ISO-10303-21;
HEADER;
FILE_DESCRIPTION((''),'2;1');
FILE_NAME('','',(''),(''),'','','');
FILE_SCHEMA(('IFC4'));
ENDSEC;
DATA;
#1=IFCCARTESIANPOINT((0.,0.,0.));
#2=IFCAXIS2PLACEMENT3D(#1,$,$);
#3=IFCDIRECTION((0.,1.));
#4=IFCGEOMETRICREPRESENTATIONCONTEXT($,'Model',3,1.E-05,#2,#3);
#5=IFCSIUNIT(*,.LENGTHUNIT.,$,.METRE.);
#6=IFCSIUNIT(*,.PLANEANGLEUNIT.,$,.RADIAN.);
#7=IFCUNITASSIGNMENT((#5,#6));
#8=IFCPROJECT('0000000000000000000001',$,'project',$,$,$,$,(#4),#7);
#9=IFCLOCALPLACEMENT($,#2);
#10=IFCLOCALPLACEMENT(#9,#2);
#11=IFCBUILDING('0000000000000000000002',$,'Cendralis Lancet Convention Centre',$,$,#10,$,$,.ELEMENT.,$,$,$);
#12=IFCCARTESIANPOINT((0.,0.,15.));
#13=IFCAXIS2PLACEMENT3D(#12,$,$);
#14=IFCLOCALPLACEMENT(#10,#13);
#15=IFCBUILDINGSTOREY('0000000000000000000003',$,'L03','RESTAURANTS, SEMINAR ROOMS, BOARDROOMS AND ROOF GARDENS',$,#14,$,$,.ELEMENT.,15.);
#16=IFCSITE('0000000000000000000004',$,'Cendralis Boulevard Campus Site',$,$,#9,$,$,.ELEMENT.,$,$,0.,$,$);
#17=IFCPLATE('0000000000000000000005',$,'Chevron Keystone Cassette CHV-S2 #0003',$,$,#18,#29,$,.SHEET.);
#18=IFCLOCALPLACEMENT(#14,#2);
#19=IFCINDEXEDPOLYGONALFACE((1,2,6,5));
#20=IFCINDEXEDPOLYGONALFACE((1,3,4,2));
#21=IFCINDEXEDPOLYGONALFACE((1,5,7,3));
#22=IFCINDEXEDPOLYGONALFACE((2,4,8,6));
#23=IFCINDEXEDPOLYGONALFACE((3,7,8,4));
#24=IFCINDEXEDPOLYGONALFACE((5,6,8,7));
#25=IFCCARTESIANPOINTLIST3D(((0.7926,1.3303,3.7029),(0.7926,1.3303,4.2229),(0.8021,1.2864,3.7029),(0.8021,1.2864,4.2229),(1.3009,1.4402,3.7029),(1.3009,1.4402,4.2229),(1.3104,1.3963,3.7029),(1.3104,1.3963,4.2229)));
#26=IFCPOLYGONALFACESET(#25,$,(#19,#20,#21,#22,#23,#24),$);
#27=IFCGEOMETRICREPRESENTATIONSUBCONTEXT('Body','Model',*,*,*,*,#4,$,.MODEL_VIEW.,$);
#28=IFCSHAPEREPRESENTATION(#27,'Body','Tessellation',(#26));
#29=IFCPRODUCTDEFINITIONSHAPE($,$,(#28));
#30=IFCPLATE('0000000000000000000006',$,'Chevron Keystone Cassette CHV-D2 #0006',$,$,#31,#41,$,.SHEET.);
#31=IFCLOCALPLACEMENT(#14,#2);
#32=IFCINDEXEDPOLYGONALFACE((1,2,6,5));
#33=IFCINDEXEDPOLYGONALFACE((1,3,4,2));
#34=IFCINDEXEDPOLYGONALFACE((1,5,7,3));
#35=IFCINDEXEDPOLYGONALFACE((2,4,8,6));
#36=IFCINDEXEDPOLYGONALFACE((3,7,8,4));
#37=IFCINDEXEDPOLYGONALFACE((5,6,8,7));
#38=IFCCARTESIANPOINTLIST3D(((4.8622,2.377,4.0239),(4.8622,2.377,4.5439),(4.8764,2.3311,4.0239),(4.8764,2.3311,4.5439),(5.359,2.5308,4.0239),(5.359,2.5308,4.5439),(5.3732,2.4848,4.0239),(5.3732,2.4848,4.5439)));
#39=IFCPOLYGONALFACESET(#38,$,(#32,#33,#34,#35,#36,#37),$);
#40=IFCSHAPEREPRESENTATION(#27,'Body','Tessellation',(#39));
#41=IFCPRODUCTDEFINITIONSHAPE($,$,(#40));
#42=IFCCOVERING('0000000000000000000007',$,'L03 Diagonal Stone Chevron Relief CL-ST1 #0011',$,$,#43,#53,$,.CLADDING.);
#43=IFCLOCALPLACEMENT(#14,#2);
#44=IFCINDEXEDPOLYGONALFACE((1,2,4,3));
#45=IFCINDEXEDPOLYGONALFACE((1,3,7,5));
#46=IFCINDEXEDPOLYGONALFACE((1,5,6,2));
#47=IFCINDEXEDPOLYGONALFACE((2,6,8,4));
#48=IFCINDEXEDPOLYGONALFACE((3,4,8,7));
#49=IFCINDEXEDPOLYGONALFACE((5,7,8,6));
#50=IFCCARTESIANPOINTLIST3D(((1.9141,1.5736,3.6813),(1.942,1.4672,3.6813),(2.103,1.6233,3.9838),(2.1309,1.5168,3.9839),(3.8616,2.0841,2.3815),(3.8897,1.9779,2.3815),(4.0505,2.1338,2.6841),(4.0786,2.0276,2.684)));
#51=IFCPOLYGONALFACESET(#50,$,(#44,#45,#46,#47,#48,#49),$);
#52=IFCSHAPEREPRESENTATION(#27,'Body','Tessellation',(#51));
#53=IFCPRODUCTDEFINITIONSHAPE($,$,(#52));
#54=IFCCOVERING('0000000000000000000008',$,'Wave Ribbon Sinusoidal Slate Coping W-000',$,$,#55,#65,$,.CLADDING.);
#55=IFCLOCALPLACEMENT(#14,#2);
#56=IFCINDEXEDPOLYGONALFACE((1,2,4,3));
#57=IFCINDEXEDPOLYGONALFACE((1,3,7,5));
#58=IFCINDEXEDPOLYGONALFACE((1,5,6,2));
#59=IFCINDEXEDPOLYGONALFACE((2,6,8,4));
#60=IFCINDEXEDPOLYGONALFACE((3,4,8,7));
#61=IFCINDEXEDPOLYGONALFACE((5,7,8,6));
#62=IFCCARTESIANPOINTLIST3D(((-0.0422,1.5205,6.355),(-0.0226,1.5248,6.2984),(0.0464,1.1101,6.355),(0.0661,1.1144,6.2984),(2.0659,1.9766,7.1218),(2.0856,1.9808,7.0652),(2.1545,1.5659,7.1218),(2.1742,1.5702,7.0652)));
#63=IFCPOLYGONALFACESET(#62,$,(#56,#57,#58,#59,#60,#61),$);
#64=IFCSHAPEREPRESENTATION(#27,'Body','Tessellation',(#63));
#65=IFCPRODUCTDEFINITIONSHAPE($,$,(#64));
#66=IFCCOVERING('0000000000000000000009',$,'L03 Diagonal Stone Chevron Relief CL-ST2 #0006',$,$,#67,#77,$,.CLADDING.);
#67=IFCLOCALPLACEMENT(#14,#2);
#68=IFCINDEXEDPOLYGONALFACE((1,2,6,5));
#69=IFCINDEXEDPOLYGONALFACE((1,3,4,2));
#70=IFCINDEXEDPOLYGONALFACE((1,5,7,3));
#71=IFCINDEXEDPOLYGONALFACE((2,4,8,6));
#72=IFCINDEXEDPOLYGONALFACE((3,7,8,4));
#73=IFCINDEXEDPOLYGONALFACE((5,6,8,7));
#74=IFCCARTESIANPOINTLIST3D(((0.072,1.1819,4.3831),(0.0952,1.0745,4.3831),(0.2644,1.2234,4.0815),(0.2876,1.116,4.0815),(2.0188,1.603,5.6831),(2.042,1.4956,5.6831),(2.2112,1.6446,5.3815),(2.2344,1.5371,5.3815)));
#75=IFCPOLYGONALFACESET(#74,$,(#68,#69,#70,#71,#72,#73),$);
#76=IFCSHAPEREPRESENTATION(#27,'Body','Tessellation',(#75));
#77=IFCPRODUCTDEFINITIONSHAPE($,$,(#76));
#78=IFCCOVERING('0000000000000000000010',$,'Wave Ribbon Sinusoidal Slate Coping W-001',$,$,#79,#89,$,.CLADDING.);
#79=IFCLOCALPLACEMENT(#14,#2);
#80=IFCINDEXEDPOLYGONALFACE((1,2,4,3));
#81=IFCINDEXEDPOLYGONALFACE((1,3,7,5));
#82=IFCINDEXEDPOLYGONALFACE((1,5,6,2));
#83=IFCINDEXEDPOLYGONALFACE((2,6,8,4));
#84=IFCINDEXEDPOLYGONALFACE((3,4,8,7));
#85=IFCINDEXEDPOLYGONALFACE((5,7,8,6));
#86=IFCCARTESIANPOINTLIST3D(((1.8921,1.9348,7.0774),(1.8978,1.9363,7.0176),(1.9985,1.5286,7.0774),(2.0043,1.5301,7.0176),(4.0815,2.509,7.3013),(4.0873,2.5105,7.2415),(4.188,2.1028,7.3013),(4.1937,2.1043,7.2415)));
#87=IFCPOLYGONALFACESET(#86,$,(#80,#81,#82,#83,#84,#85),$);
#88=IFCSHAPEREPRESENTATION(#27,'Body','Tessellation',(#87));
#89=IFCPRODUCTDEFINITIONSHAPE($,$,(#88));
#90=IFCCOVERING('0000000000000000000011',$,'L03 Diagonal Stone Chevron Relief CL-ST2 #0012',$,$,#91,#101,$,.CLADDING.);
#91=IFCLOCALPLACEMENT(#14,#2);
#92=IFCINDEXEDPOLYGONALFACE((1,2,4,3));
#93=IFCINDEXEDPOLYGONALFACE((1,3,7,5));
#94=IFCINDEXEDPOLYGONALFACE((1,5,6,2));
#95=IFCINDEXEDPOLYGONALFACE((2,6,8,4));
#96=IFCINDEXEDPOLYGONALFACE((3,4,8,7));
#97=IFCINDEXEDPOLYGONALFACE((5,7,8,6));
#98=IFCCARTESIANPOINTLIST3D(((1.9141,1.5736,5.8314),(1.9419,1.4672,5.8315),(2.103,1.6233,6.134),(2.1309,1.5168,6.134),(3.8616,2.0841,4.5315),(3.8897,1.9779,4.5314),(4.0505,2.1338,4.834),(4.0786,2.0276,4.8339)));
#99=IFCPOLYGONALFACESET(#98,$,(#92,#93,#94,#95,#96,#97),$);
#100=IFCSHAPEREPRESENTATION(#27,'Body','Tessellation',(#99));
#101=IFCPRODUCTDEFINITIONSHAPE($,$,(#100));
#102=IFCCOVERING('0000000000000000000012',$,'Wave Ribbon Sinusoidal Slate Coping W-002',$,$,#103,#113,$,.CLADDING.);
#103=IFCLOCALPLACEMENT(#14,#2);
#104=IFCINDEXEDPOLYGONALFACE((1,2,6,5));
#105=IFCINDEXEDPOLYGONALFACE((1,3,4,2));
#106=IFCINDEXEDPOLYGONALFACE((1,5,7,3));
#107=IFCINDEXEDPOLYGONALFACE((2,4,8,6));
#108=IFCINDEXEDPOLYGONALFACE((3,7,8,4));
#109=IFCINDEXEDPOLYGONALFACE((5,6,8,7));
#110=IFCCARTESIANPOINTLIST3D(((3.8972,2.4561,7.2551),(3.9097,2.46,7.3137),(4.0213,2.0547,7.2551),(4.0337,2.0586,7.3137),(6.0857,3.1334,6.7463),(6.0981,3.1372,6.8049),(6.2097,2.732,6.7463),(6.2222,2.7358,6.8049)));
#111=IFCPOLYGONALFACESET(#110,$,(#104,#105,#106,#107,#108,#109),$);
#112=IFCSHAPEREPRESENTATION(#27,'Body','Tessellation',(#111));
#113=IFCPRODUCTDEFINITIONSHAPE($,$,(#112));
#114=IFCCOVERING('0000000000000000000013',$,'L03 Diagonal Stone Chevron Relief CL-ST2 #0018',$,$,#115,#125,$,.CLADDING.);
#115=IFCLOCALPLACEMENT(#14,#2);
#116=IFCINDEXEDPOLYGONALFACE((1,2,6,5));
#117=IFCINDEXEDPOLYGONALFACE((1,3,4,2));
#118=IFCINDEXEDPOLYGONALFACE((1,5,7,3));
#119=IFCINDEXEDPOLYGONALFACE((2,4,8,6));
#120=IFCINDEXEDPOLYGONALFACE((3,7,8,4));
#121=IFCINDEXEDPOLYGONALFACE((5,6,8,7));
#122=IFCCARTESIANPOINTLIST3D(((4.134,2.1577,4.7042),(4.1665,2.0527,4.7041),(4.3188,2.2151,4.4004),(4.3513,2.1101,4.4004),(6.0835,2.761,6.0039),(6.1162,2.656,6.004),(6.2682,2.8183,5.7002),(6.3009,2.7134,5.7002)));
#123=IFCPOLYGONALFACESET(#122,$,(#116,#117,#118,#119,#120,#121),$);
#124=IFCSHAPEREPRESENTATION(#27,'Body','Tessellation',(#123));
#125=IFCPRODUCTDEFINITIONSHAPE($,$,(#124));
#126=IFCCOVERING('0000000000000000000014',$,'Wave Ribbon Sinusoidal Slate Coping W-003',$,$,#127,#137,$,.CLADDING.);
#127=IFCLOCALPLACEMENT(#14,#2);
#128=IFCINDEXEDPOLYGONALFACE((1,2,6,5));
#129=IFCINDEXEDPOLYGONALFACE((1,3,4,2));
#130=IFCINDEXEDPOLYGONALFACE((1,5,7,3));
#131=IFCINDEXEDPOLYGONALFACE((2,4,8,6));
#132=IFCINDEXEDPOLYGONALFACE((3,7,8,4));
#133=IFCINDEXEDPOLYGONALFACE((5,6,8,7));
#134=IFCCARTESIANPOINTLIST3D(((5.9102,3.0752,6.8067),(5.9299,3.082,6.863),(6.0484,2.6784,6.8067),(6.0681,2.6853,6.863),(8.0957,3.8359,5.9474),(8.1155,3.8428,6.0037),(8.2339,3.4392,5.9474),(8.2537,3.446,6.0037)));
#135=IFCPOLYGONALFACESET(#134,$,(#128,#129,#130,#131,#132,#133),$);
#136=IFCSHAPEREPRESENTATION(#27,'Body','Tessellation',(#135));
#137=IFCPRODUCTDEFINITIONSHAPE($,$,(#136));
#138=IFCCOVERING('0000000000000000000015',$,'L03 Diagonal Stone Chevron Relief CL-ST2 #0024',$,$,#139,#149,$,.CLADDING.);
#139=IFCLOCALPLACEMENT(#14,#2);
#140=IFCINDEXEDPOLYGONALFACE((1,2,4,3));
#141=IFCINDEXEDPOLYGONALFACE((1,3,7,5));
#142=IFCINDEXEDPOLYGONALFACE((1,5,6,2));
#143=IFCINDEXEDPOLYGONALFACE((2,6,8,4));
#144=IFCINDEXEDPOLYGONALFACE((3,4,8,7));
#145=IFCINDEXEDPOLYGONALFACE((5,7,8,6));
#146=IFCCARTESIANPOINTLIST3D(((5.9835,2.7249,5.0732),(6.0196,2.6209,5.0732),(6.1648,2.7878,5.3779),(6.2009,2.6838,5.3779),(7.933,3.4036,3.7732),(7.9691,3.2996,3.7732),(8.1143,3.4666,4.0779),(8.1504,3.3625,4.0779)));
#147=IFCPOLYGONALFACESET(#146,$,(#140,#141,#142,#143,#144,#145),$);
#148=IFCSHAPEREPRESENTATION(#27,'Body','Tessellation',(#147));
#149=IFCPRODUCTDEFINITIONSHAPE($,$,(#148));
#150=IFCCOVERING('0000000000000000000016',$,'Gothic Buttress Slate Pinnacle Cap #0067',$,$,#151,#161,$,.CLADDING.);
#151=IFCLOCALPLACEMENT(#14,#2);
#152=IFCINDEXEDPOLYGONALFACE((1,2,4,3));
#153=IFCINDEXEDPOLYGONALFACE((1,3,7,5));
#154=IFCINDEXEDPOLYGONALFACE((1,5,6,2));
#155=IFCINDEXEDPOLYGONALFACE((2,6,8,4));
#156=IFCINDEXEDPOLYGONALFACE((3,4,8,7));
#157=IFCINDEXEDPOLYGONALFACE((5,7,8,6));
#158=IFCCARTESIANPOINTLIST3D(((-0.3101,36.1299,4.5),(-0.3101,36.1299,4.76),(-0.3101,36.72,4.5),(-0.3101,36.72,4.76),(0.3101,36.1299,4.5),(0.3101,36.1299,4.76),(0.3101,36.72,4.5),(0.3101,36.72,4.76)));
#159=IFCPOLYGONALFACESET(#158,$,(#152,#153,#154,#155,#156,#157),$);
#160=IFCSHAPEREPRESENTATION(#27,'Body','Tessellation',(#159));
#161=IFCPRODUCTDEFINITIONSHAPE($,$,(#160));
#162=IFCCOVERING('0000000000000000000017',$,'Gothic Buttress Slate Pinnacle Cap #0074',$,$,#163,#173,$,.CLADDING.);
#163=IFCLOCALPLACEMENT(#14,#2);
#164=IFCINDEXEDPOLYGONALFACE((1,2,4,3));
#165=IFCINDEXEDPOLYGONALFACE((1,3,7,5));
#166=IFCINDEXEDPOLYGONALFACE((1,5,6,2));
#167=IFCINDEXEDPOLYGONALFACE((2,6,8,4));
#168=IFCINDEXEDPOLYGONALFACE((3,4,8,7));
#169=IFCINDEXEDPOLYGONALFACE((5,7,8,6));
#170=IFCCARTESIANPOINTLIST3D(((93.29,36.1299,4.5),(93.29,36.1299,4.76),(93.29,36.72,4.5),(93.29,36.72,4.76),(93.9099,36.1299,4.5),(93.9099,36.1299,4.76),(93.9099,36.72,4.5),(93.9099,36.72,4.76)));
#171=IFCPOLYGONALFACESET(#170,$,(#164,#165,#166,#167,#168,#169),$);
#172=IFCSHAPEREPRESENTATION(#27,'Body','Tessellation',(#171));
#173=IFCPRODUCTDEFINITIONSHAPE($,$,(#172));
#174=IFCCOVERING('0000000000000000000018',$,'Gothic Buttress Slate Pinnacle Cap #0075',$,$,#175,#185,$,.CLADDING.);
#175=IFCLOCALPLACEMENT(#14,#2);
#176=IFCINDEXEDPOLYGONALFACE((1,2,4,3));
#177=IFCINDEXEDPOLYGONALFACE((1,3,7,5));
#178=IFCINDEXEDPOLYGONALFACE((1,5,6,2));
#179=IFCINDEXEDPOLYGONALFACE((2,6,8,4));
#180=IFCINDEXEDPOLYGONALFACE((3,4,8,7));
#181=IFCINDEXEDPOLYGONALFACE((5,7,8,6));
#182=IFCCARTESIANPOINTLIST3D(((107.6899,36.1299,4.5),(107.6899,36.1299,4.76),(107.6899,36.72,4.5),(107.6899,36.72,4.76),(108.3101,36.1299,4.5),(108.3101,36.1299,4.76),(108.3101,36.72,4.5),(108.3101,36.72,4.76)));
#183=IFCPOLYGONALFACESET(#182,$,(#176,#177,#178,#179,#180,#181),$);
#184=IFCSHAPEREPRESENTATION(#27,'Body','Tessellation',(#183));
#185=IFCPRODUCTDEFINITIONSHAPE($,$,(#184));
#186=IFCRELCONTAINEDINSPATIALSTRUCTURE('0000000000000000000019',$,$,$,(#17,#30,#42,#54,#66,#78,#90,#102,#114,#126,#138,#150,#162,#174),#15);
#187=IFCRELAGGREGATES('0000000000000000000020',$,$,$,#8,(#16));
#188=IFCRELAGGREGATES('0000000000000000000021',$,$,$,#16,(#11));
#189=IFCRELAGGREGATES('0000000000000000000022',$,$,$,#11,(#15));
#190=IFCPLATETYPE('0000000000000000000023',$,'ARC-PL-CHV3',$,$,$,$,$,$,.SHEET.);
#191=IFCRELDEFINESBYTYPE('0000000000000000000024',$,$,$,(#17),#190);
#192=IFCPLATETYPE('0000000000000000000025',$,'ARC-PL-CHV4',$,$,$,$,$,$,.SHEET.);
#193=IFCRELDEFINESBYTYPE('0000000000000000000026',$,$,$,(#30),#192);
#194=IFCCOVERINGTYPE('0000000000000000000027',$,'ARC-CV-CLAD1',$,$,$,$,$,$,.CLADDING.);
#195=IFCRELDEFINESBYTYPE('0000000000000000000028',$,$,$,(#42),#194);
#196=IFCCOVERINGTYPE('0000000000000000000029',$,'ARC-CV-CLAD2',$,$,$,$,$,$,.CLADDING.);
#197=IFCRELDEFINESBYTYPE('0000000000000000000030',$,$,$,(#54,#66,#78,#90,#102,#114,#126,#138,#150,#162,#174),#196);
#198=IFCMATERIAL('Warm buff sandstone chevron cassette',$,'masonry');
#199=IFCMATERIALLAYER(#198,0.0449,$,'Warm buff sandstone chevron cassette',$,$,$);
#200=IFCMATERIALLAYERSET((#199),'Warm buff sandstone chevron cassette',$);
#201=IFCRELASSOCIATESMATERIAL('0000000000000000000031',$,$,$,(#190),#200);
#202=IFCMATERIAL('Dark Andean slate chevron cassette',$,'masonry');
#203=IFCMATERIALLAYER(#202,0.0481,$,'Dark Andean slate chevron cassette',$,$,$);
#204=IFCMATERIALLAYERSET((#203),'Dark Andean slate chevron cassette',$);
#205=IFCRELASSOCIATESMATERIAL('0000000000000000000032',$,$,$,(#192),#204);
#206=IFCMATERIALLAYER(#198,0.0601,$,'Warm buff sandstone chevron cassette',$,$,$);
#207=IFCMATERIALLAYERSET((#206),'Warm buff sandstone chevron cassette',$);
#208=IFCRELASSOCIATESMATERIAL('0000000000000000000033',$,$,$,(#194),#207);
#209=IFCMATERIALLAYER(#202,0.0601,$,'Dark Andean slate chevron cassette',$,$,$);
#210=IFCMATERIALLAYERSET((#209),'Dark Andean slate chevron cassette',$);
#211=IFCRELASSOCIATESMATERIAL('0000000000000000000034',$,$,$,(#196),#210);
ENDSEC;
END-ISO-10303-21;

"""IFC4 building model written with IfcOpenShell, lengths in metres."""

from ifc_helpers import new_model, si_unit, direction, frame, origin, origin_2d, place, context, subcontext, project, spatial, polyline, rectangle, outline, extrude, material, layer, layer_set, type_object, element, save


model = new_model("IFC4")

# Units and contexts
model_context = context("Model", 3, precision=1e-05, world=origin(), true_north=direction((0.0, 1.0)))
body_context = subcontext(model_context, "Body", "Model", "MODEL_VIEW")
ifc_project = project(units=[si_unit("LENGTHUNIT", "METRE"), si_unit("PLANEANGLEUNIT", "RADIAN")], contexts=[model_context])

# Site, building, storey
site_placement = place(None, origin())
site = spatial("IfcSite", under=ifc_project, at=site_placement, Name="Cendralis Boulevard Campus Site", CompositionType="ELEMENT", RefElevation=0.0)
building_placement = place(site_placement, origin())
building = spatial("IfcBuilding", under=site, at=building_placement, Name="Cendralis Lancet Convention Centre", CompositionType="ELEMENT")
storey_placement = place(building_placement, frame((0.0, 0.0, 15.0)))
storey = spatial("IfcBuildingStorey", under=building, at=storey_placement, Name="L03", Description="RESTAURANTS, SEMINAR ROOMS, BOARDROOMS AND ROOF GARDENS", CompositionType="ELEMENT", Elevation=15.0)

# Plates
ifc_material_1 = material(Name="Warm buff sandstone chevron cassette", Category="masonry")
ifc_layer_1 = layer(ifc_material_1, 0.0449, Name="Warm buff sandstone chevron cassette")
ifc_layer_set_1 = layer_set([ifc_layer_1], Name="Warm buff sandstone chevron cassette")
plate_type_1 = type_object("IfcPlateType", Name="ARC-PL-CHV3", PredefinedType="SHEET", material=ifc_layer_set_1)
plate_1_placement = place(storey_placement, frame((1.0515, 1.3633, 3.7029), z_axis=(0.0, 0.0, 1.0), x_axis=(0.977397, 0.21141, 0.0)))
element("IfcPlate", 1, at=plate_1_placement, inside=storey, type_object=plate_type_1, Name="Chevron Keystone Cassette CHV-S2 #0003", PredefinedType="SHEET", context=body_context, shape_type="SweptSolid", body=[
    extrude(rectangle(XDim=0.52, YDim=0.0449, at=origin_2d()), origin(), (0.0, 0.0, 1.0), 0.52),
])
ifc_material_2 = material(Name="Dark Andean slate chevron cassette", Category="masonry")
ifc_layer_2 = layer(ifc_material_2, 0.0481, Name="Dark Andean slate chevron cassette")
ifc_layer_set_2 = layer_set([ifc_layer_2], Name="Dark Andean slate chevron cassette")
plate_type_2 = type_object("IfcPlateType", Name="ARC-PL-CHV4", PredefinedType="SHEET", material=ifc_layer_set_2)
plate_2_placement = place(storey_placement, frame((5.1177, 2.4309, 4.0239), z_axis=(0.0, 0.0, 1.0), x_axis=(0.955299, 0.295641, 0.0)))
element("IfcPlate", 2, at=plate_2_placement, inside=storey, type_object=plate_type_2, Name="Chevron Keystone Cassette CHV-D2 #0006", PredefinedType="SHEET", context=body_context, shape_type="SweptSolid", body=[
    extrude(rectangle(XDim=0.52, YDim=0.0481, at=origin_2d()), origin(), (0.0, 0.0, 1.0), 0.52),
])

# Coverings
ifc_layer_3 = layer(ifc_material_1, 0.0601, Name="Warm buff sandstone chevron cassette")
ifc_layer_set_3 = layer_set([ifc_layer_3], Name="Warm buff sandstone chevron cassette")
covering_type_1 = type_object("IfcCoveringType", Name="ARC-CV-CLAD1", PredefinedType="CLADDING", material=ifc_layer_set_3)
covering_1_placement = place(storey_placement, frame((2.1309, 1.5168, 3.9839), z_axis=(0.524537, 0.137909, 0.840144), x_axis=(0.812669, 0.213099, -0.542363)))
element("IfcCovering", 3, at=covering_1_placement, inside=storey, type_object=covering_type_1, Name="L03 Diagonal Stone Chevron Relief CL-ST1 #0011", PredefinedType="CLADDING", context=body_context, shape_type="SweptSolid", body=[
    extrude(outline(polyline([(0.0, 0.0), (2.3967, 0.0), (2.3965, 0.1098), (0.0001, 0.11), (0.0, 0.0)])), origin(), (0.0, 0.0, -1.0), 0.3601),
])
ifc_layer_4 = layer(ifc_material_2, 0.0601, Name="Dark Andean slate chevron cassette")
ifc_layer_set_4 = layer_set([ifc_layer_4], Name="Dark Andean slate chevron cassette")
covering_type_2 = type_object("IfcCoveringType", Name="ARC-CV-CLAD2", PredefinedType="CLADDING", material=ifc_layer_set_4)
covering_2_placement = place(storey_placement, frame((0.0464, 1.1101, 6.355), z_axis=(-0.327447, -0.070689, 0.942222), x_axis=(0.920941, 0.19912, 0.33499)))
element("IfcCovering", 4, at=covering_2_placement, inside=storey, type_object=covering_type_2, Name="Wave Ribbon Sinusoidal Slate Coping W-000", PredefinedType="CLADDING", context=body_context, shape_type="SweptSolid", body=[
    extrude(outline(polyline([(0.0, 0.0), (2.2891, 0.0), (2.2893, 0.4201), (0.0001, 0.4199), (0.0, 0.0)])), origin(), (0.0, 0.0, -1.0), 0.0601),
])
covering_3_placement = place(storey_placement, frame((0.0952, 1.0745, 4.3831), z_axis=(-0.534264, -0.115353, 0.83741), x_axis=(0.818477, 0.17706, 0.546575)))
element("IfcCovering", 5, at=covering_3_placement, inside=storey, type_object=covering_type_2, Name="L03 Diagonal Stone Chevron Relief CL-ST2 #0006", PredefinedType="CLADDING", context=body_context, shape_type="SweptSolid", body=[
    extrude(outline(polyline([(0.0, 0.0), (2.3785, 0.0), (2.3786, 0.1099), (0.0, 0.1099), (0.0, 0.0)])), origin(), (0.0, 0.0, -1.0), 0.3601),
])
covering_4_placement = place(storey_placement, frame((1.9985, 1.5286, 7.0774), z_axis=(-0.095213, -0.024948, 0.995144), x_axis=(0.96259, 0.252454, 0.098427)))
element("IfcCovering", 6, at=covering_4_placement, inside=storey, type_object=covering_type_2, Name="Wave Ribbon Sinusoidal Slate Coping W-001", PredefinedType="CLADDING", context=body_context, shape_type="SweptSolid", body=[
    extrude(outline(polyline([(0.0, 0.0), (2.2745, 0.0), (2.2746, 0.42), (0.0001, 0.42), (0.0, 0.0)])), origin(), (0.0, 0.0, -1.0), 0.0601),
])
covering_5_placement = place(storey_placement, frame((2.1309, 1.5168, 6.134), z_axis=(0.524606, 0.137927, 0.840098), x_axis=(0.812624, 0.213087, -0.542435)))
element("IfcCovering", 7, at=covering_5_placement, inside=storey, type_object=covering_type_2, Name="L03 Diagonal Stone Chevron Relief CL-ST2 #0012", PredefinedType="CLADDING", context=body_context, shape_type="SweptSolid", body=[
    extrude(outline(polyline([(0.0, 0.0), (2.3968, 0.0), (2.3966, 0.1098), (0.0001, 0.11), (0.0, 0.0)])), origin(), (0.0, 0.0, -1.0), 0.3601),
])
covering_6_placement = place(storey_placement, frame((4.0337, 2.0586, 7.3137), z_axis=(0.207147, 0.064009, 0.976214), x_axis=(0.93258, 0.288596, -0.216811)))
element("IfcCovering", 8, at=covering_6_placement, inside=storey, type_object=covering_type_2, Name="Wave Ribbon Sinusoidal Slate Coping W-002", PredefinedType="CLADDING", context=body_context, shape_type="SweptSolid", body=[
    extrude(outline(polyline([(0.0, 0.0), (2.3467, 0.0), (2.3469, 0.4201), (0.0002, 0.4201), (0.0, 0.0)])), origin(), (0.0, 0.0, -1.0), 0.0601),
])
covering_7_placement = place(storey_placement, frame((4.1665, 2.0527, 4.7041), z_axis=(-0.513048, -0.159284, 0.843451), x_axis=(0.805762, 0.249316, 0.537205)))
element("IfcCovering", 9, at=covering_7_placement, inside=storey, type_object=covering_type_2, Name="L03 Diagonal Stone Chevron Relief CL-ST2 #0018", PredefinedType="CLADDING", context=body_context, shape_type="SweptSolid", body=[
    extrude(outline(polyline([(0.0, 0.0), (2.4197, 0.0), (2.4195, 0.11), (0.0, 0.1099), (0.0, 0.0)])), origin(), (0.0, 0.0, -1.0), 0.3601),
])
covering_8_placement = place(storey_placement, frame((6.0681, 2.6853, 6.863), z_axis=(0.328755, 0.114508, 0.937448), x_axis=(0.885347, 0.30817, -0.348126)))
element("IfcCovering", 10, at=covering_8_placement, inside=storey, type_object=covering_type_2, Name="Wave Ribbon Sinusoidal Slate Coping W-003", PredefinedType="CLADDING", context=body_context, shape_type="SweptSolid", body=[
    extrude(outline(polyline([(0.0, 0.0), (2.4686, 0.0), (2.4685, 0.4201), (-0.0001, 0.4201), (0.0, 0.0)])), origin(), (0.0, 0.0, -1.0), 0.0601),
])
covering_9_placement = place(storey_placement, frame((6.2009, 2.6838, 5.3779), z_axis=(0.5034, 0.17489, 0.846169), x_axis=(0.799123, 0.278217, -0.532915)))
element("IfcCovering", 11, at=covering_9_placement, inside=storey, type_object=covering_type_2, Name="L03 Diagonal Stone Chevron Relief CL-ST2 #0024", PredefinedType="CLADDING", context=body_context, shape_type="SweptSolid", body=[
    extrude(outline(polyline([(0.0, 0.0), (2.4395, 0.0), (2.4396, 0.1101), (0.0001, 0.1101), (0.0, 0.0)])), origin(), (0.0, 0.0, -1.0), 0.3601),
])
covering_10_placement = place(storey_placement, frame((0.0, 0.0, 4.5)))
element("IfcCovering", 12, at=covering_10_placement, inside=storey, type_object=covering_type_2, Name="Gothic Buttress Slate Pinnacle Cap #0067", PredefinedType="CLADDING", context=body_context, shape_type="SweptSolid", body=[
    extrude(outline(polyline([(0.3101, 36.72), (-0.3101, 36.72), (-0.3101, 36.1299), (0.3101, 36.1299), (0.3101, 36.72)])), origin(), (0.0, 0.0, 1.0), 0.26),
])
covering_11_placement = place(storey_placement, frame((0.0, 0.0, 4.5)))
element("IfcCovering", 13, at=covering_11_placement, inside=storey, type_object=covering_type_2, Name="Gothic Buttress Slate Pinnacle Cap #0074", PredefinedType="CLADDING", context=body_context, shape_type="SweptSolid", body=[
    extrude(outline(polyline([(93.9099, 36.72), (93.29, 36.72), (93.29, 36.1299), (93.9099, 36.1299), (93.9099, 36.72)])), origin(), (0.0, 0.0, 1.0), 0.26),
])
covering_12_placement = place(storey_placement, frame((0.0, 0.0, 4.5)))
element("IfcCovering", 14, at=covering_12_placement, inside=storey, type_object=covering_type_2, Name="Gothic Buttress Slate Pinnacle Cap #0075", PredefinedType="CLADDING", context=body_context, shape_type="SweptSolid", body=[
    extrude(outline(polyline([(108.3101, 36.72), (107.6899, 36.72), (107.6899, 36.1299), (108.3101, 36.1299), (108.3101, 36.72)])), origin(), (0.0, 0.0, 1.0), 0.26),
])

save(model, "model.ifc")
